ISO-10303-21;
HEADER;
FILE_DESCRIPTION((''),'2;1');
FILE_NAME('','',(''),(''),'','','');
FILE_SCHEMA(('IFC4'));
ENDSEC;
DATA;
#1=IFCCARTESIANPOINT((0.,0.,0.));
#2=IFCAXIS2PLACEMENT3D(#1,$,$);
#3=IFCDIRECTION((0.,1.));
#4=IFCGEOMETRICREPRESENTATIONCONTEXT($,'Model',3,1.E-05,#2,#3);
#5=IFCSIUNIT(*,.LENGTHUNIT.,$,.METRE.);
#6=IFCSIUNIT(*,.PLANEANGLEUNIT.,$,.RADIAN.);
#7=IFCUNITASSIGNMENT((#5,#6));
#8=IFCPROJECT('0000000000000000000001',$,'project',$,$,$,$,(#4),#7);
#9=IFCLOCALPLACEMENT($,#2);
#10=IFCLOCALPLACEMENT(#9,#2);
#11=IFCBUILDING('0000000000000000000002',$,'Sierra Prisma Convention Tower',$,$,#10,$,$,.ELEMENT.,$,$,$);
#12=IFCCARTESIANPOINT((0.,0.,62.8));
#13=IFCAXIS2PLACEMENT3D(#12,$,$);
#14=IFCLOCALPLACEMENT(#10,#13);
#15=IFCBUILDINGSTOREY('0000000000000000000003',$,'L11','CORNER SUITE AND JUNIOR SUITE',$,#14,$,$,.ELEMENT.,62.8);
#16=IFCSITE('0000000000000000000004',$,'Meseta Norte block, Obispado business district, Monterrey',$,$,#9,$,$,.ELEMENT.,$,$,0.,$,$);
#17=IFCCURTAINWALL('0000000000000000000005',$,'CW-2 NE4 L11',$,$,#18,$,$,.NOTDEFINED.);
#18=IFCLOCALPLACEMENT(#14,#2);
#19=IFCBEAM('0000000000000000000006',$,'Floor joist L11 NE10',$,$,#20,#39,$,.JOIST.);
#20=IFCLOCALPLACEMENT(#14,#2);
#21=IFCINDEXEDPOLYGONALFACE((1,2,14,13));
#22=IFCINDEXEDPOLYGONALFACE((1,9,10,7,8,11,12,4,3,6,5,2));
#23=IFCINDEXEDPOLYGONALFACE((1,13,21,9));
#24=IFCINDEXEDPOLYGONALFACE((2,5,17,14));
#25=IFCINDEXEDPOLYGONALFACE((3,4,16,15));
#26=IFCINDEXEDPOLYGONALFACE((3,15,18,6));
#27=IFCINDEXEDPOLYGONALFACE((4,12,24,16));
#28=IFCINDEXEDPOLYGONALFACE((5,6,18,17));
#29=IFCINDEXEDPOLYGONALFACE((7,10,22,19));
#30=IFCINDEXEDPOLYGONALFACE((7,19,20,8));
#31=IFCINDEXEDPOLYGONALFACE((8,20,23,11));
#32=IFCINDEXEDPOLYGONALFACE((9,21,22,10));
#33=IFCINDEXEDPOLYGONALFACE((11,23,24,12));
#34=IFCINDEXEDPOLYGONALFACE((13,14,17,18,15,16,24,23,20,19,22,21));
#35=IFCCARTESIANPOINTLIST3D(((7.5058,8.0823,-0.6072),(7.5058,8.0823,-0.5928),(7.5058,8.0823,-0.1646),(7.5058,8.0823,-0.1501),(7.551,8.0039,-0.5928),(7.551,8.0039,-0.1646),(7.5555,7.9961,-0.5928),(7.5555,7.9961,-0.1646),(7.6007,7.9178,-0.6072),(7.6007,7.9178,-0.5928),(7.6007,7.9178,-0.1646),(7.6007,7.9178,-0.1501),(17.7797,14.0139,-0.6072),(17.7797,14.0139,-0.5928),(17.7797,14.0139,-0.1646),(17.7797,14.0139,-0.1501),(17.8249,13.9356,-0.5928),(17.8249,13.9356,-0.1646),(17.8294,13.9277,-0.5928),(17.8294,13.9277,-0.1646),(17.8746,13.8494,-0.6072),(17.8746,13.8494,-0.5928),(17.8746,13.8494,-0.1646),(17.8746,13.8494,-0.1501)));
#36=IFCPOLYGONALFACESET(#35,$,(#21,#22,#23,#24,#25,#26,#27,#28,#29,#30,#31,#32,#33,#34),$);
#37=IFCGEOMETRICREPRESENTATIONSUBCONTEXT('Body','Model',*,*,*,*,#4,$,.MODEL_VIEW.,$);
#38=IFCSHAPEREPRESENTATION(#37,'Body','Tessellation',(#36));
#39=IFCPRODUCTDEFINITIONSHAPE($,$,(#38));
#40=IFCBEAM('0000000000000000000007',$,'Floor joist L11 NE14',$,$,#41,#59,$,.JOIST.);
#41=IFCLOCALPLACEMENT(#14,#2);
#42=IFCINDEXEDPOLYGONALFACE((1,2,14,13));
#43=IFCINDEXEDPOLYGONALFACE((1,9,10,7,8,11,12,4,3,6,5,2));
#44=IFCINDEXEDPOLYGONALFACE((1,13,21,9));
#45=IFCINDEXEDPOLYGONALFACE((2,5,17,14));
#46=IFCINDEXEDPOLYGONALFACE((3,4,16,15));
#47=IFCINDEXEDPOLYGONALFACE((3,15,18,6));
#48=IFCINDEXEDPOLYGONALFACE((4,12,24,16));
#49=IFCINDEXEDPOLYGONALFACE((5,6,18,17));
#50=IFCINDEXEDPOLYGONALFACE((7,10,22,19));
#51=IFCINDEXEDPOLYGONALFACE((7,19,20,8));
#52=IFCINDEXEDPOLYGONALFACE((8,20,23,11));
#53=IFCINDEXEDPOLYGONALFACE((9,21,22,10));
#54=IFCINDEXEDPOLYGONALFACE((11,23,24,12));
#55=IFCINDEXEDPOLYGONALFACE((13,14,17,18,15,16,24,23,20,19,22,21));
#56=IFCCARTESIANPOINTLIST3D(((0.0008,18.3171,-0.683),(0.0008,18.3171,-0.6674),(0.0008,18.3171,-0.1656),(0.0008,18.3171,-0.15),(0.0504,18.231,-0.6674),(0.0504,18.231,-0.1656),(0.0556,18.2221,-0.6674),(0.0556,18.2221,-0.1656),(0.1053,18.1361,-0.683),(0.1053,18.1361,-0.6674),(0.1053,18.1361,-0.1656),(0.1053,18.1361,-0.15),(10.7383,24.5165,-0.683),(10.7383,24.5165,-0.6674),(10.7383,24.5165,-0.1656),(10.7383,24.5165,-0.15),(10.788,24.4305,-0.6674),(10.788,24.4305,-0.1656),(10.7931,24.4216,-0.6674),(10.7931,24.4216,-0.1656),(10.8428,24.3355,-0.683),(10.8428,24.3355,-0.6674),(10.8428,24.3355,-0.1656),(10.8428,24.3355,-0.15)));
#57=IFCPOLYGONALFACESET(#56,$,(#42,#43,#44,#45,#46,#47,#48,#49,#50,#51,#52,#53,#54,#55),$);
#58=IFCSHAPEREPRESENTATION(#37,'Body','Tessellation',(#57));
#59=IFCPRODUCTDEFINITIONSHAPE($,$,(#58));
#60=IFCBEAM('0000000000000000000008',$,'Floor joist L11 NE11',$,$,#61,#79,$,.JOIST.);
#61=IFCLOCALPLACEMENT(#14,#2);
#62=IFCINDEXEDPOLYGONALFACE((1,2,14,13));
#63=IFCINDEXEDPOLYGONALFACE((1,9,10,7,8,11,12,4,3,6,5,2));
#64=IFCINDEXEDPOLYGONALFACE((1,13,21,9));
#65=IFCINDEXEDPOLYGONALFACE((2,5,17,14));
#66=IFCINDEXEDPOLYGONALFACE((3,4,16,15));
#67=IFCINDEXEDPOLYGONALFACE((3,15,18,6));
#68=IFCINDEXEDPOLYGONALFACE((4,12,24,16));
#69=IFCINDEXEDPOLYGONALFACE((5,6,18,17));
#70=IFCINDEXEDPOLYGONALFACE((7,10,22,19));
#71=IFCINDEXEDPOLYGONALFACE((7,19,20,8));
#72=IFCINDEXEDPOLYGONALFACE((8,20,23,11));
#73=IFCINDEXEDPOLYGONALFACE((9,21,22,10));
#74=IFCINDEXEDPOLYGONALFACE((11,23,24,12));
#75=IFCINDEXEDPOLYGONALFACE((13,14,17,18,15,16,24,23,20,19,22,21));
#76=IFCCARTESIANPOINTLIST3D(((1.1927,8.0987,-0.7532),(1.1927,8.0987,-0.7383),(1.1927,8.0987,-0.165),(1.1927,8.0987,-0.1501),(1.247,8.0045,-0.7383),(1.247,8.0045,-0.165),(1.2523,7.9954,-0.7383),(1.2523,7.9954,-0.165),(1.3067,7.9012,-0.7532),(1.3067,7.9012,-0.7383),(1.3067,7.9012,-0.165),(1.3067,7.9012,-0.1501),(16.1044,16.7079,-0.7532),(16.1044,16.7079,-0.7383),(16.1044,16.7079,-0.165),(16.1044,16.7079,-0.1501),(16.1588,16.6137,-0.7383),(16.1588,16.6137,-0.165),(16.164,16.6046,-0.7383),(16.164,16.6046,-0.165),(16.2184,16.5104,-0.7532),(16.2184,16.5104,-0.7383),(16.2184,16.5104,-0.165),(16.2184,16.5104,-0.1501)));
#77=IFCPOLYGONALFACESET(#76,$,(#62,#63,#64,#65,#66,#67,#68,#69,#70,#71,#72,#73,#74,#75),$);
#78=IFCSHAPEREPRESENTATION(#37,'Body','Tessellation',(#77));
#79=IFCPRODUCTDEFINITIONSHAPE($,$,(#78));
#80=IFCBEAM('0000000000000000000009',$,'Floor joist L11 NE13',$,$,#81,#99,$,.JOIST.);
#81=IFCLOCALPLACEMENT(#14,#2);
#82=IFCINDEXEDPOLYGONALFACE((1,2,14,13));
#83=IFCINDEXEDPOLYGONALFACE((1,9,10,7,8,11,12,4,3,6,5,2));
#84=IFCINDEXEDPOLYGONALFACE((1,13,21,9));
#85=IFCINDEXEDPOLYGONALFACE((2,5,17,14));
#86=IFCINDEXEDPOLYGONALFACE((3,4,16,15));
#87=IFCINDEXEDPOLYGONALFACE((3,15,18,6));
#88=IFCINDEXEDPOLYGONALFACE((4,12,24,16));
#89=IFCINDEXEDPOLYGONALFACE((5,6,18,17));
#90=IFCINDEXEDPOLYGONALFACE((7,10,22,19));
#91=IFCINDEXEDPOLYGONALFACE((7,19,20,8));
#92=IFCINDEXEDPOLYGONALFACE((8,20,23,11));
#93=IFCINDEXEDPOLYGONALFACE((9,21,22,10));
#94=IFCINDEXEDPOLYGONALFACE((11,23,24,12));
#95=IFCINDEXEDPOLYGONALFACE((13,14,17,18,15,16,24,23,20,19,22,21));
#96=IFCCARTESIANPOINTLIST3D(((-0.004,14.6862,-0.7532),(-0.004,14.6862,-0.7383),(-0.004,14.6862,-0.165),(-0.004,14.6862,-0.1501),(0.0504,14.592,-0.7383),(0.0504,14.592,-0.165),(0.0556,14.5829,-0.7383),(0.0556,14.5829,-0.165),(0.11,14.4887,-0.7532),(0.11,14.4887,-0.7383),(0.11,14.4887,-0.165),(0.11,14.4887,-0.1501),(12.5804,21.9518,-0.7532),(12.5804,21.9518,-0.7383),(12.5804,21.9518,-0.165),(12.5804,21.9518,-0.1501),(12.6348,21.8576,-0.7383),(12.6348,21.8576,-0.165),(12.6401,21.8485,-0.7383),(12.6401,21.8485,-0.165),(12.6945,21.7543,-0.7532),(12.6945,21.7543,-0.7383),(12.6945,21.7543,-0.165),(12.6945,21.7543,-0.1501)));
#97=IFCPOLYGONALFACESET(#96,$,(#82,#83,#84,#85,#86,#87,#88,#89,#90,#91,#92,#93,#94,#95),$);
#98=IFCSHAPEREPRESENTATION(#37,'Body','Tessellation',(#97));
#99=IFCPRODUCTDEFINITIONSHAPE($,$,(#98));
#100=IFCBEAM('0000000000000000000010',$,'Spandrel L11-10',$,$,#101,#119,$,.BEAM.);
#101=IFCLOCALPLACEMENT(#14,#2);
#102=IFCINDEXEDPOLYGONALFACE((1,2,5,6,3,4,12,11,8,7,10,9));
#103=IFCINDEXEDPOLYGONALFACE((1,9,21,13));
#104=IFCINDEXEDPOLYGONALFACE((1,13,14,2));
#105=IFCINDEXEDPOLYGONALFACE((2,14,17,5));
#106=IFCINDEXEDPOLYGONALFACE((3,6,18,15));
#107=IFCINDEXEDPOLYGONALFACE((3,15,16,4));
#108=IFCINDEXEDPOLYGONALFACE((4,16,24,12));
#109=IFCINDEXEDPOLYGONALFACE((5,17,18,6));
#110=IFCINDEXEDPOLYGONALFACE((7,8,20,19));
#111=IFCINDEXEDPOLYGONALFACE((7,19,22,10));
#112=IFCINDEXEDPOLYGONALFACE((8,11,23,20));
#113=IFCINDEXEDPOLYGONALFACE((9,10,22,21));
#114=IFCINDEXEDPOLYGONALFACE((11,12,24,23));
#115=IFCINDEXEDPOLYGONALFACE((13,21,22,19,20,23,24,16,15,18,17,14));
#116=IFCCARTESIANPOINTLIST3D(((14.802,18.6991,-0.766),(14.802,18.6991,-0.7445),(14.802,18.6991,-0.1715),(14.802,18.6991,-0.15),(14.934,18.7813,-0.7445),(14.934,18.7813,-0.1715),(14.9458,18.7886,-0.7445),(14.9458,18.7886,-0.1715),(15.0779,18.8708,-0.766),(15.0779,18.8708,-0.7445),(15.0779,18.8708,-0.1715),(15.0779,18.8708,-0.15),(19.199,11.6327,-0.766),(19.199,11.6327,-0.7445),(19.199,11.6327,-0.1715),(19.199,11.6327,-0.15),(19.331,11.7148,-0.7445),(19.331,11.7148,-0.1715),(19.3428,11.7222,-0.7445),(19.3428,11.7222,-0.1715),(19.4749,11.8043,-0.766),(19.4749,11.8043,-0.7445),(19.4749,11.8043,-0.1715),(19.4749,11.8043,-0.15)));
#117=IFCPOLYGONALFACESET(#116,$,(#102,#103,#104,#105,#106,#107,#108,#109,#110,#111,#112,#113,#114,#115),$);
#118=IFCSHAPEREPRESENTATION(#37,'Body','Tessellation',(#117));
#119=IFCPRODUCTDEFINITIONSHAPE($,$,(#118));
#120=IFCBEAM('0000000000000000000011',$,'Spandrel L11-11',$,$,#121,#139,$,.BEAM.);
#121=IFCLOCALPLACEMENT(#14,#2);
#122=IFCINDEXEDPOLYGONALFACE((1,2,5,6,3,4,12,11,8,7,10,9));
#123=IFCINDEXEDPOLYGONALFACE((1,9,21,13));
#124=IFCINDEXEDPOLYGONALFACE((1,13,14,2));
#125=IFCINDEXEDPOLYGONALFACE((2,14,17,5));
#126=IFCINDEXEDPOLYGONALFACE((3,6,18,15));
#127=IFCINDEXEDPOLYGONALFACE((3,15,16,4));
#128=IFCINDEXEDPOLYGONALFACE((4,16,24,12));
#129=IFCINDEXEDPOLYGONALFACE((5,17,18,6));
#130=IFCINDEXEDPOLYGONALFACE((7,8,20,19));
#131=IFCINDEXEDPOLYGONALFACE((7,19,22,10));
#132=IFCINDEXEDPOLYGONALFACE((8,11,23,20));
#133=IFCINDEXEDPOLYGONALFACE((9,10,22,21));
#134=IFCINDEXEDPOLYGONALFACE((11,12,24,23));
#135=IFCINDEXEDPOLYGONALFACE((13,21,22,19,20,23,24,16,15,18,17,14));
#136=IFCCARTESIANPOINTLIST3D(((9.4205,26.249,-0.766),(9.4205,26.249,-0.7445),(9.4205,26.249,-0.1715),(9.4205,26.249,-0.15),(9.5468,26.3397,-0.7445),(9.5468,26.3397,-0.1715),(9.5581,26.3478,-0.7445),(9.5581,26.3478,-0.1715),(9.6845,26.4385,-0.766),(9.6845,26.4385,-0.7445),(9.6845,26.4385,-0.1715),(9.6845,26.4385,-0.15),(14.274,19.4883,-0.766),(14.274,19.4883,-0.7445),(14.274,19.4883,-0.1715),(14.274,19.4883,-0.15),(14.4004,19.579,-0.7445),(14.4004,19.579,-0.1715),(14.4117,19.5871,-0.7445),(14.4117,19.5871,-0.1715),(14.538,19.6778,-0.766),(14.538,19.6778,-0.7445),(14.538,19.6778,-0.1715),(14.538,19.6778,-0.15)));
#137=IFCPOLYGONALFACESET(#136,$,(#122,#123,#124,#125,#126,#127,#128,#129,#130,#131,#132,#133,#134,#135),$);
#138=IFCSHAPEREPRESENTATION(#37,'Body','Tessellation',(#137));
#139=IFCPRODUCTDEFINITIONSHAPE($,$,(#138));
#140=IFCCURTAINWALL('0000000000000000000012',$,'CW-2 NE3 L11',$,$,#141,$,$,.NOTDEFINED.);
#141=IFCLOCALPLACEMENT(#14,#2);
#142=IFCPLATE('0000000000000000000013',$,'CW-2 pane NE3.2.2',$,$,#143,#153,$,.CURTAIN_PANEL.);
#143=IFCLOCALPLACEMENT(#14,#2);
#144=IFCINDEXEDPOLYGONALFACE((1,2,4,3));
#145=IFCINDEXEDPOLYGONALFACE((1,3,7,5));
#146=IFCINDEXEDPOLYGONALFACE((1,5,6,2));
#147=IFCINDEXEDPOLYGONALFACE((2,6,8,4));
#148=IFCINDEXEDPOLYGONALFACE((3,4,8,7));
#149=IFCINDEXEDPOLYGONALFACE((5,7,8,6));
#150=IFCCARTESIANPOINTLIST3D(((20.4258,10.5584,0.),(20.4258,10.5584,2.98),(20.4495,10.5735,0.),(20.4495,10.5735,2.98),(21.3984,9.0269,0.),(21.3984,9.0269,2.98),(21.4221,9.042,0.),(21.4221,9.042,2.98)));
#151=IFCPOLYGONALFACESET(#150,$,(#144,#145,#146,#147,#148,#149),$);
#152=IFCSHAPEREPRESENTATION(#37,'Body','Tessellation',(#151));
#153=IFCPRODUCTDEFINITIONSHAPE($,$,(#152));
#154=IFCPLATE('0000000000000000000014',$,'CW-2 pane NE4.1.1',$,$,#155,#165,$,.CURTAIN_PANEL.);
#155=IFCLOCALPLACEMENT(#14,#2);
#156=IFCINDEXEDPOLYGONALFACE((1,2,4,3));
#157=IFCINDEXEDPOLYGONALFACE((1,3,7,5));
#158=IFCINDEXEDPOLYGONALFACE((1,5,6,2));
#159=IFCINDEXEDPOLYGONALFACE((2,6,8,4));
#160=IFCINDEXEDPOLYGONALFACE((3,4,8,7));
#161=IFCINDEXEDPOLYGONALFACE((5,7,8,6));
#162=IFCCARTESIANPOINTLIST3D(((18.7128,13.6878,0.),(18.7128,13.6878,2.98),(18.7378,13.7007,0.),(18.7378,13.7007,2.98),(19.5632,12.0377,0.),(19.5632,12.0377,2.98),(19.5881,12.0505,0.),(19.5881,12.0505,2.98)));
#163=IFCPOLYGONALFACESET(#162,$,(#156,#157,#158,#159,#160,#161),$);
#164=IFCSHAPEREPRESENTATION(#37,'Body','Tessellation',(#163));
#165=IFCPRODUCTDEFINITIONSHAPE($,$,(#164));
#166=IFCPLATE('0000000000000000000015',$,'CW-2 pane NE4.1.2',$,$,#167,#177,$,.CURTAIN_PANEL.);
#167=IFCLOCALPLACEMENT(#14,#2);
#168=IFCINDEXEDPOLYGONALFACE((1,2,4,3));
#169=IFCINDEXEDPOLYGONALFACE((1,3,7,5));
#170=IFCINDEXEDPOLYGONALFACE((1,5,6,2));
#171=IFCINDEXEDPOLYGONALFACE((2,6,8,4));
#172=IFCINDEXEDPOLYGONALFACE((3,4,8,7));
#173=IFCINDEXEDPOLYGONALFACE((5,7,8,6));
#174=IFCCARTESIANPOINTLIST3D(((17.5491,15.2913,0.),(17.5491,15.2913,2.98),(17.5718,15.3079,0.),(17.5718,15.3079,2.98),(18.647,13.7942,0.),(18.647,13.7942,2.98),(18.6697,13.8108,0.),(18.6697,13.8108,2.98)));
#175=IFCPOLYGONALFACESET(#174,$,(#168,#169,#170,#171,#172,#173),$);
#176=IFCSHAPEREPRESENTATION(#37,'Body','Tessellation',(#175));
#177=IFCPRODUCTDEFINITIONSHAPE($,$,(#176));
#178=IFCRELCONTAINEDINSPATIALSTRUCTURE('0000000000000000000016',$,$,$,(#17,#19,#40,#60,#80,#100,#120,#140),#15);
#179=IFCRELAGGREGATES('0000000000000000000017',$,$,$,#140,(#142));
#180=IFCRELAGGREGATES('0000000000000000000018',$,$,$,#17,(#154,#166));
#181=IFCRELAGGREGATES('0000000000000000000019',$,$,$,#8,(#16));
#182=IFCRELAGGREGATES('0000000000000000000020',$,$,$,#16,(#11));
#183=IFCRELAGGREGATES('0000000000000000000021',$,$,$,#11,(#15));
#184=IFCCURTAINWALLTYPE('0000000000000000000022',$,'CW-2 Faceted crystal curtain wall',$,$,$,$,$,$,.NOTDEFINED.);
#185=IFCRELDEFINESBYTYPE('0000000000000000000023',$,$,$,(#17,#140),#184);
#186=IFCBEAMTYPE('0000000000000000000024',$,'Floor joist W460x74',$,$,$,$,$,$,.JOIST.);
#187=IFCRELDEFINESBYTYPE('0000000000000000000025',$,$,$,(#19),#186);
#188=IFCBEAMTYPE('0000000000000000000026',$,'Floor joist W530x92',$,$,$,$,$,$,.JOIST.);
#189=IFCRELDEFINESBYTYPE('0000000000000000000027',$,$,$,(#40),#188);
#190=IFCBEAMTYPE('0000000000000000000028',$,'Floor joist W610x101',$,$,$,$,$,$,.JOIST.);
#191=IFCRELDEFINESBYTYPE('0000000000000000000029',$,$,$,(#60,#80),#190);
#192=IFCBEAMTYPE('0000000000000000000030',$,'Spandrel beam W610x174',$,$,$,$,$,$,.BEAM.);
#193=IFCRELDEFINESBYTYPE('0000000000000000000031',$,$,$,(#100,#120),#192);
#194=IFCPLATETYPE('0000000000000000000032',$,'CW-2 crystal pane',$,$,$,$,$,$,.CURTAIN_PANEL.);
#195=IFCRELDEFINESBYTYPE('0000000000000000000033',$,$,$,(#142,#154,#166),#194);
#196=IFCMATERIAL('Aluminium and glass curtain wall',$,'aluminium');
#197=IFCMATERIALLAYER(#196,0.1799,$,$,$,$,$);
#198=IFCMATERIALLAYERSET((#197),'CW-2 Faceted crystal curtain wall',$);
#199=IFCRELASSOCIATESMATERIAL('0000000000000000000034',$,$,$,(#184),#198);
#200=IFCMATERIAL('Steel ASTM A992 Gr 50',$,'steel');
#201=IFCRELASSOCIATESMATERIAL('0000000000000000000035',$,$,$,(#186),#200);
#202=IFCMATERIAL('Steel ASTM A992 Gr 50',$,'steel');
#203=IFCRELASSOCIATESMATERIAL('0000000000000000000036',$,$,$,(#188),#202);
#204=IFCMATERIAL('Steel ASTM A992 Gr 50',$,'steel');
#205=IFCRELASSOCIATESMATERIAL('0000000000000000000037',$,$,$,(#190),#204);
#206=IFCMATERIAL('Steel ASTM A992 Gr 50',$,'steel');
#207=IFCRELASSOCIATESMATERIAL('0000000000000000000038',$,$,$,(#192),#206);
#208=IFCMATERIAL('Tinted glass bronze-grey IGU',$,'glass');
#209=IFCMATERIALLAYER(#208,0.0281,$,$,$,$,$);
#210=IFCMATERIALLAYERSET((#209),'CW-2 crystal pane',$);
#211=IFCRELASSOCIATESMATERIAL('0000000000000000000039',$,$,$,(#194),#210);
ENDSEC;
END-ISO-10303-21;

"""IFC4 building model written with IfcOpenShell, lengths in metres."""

from ifc_helpers import new_model, si_unit, direction, frame, origin, origin_2d, place, context, subcontext, project, spatial, polyline, i_section, outline, extrude, material, layer, layer_set, material_profile, profile_set, type_object, element, aggregate, save


model = new_model("IFC4")

# Units and contexts
model_context = context("Model", 3, precision=1e-05, world=origin(), true_north=direction((0.0, 1.0)))
body_context = subcontext(model_context, "Body", "Model", "MODEL_VIEW")
ifc_project = project(units=[si_unit("LENGTHUNIT", "METRE"), si_unit("PLANEANGLEUNIT", "RADIAN")], contexts=[model_context])

# Site, building, storey
site_placement = place(None, origin())
site = spatial("IfcSite", under=ifc_project, at=site_placement, Name="Meseta Norte block, Obispado business district, Monterrey", CompositionType="ELEMENT", RefElevation=0.0)
building_placement = place(site_placement, origin())
building = spatial("IfcBuilding", under=site, at=building_placement, Name="Sierra Prisma Convention Tower", CompositionType="ELEMENT")
storey_placement = place(building_placement, frame((0.0, 0.0, 62.8)))
storey = spatial("IfcBuildingStorey", under=building, at=storey_placement, Name="L11", Description="CORNER SUITE AND JUNIOR SUITE", CompositionType="ELEMENT", Elevation=62.8)

# Curtain wall
ifc_material_1 = material(Name="Aluminium and glass curtain wall", Category="aluminium")
ifc_layer_1 = layer(ifc_material_1, 0.1799)
ifc_layer_set_1 = layer_set([ifc_layer_1], Name="CW-2 Faceted crystal curtain wall")
curtain_wall_type = type_object("IfcCurtainWallType", Name="CW-2 Faceted crystal curtain wall", PredefinedType="NOTDEFINED", material=ifc_layer_set_1)
curtain_wall_1_placement = place(storey_placement, origin())
curtain_wall_1 = element("IfcCurtainWall", 1, at=curtain_wall_1_placement, inside=storey, type_object=curtain_wall_type, Name="CW-2 NE4 L11", PredefinedType="NOTDEFINED")

# Beams
ifc_material_2 = material(Name="Steel ASTM A992 Gr 50", Category="steel")
ifc_material_profile_1 = material_profile(ifc_material_2, i_section(OverallWidth=0.1899, OverallDepth=0.457, WebThickness=0.009, FlangeThickness=0.0144, at=origin_2d()), Name="W460x74")
ifc_profile_set_1 = profile_set([ifc_material_profile_1], Name="Steel ASTM A992 Gr 50")
beam_type_1 = type_object("IfcBeamType", Name="Floor joist W460x74", PredefinedType="JOIST", material=ifc_profile_set_1)
beam_1_placement = place(storey_placement, frame((17.8271, 13.9316, -0.3787), z_axis=(-0.866026, -0.499999, 0.0), x_axis=(0.499999, -0.866026, 0.0)))
element("IfcBeam", 2, at=beam_1_placement, inside=storey, type_object=beam_type_1, Name="Floor joist L11 NE10", PredefinedType="JOIST", context=body_context, shape_type="SweptSolid", body=[
    extrude(i_section(OverallWidth=0.1899, OverallDepth=0.457, WebThickness=0.009, FlangeThickness=0.0144, at=origin_2d()), origin(), (0.0, 0.0, 1.0), 11.8633),
])
ifc_material_3 = material(Name="Steel ASTM A992 Gr 50", Category="steel")
ifc_material_profile_2 = material_profile(ifc_material_3, i_section(OverallWidth=0.209, OverallDepth=0.533, WebThickness=0.0103, FlangeThickness=0.0156, at=origin_2d()), Name="W530x92")
ifc_profile_set_2 = profile_set([ifc_material_profile_2], Name="Steel ASTM A992 Gr 50")
beam_type_2 = type_object("IfcBeamType", Name="Floor joist W530x92", PredefinedType="JOIST", material=ifc_profile_set_2)
beam_2_placement = place(storey_placement, frame((10.7905, 24.426, -0.4165), z_axis=(-0.866021, -0.500008, 0.0), x_axis=(0.500008, -0.866021, 0.0)))
element("IfcBeam", 3, at=beam_2_placement, inside=storey, type_object=beam_type_2, Name="Floor joist L11 NE14", PredefinedType="JOIST", context=body_context, shape_type="SweptSolid", body=[
    extrude(i_section(OverallWidth=0.209, OverallDepth=0.533, WebThickness=0.0103, FlangeThickness=0.0156, at=origin_2d()), origin(), (0.0, 0.0, 1.0), 12.3987),
])
ifc_material_4 = material(Name="Steel ASTM A992 Gr 50", Category="steel")
ifc_material_profile_3 = material_profile(ifc_material_4, i_section(OverallWidth=0.228, OverallDepth=0.603, WebThickness=0.0105, FlangeThickness=0.0149, at=origin_2d()), Name="W610x101")
ifc_profile_set_3 = profile_set([ifc_material_profile_3], Name="Steel ASTM A992 Gr 50")
beam_type_3 = type_object("IfcBeamType", Name="Floor joist W610x101", PredefinedType="JOIST", material=ifc_profile_set_3)
beam_3_placement = place(storey_placement, frame((16.1614, 16.6091, -0.4517), z_axis=(-0.866028, -0.499996, 0.0), x_axis=(0.499996, -0.866028, 0.0)))
element("IfcBeam", 4, at=beam_3_placement, inside=storey, type_object=beam_type_3, Name="Floor joist L11 NE11", PredefinedType="JOIST", context=body_context, shape_type="SweptSolid", body=[
    extrude(i_section(OverallWidth=0.228, OverallDepth=0.603, WebThickness=0.0105, FlangeThickness=0.0149, at=origin_2d()), origin(), (0.0, 0.0, 1.0), 17.2185),
])
beam_4_placement = place(storey_placement, frame((12.6375, 21.853, -0.4517), z_axis=(-0.866026, -0.499999, 0.0), x_axis=(0.499999, -0.866026, 0.0)))
element("IfcBeam", 5, at=beam_4_placement, inside=storey, type_object=beam_type_3, Name="Floor joist L11 NE13", PredefinedType="JOIST", context=body_context, shape_type="SweptSolid", body=[
    extrude(i_section(OverallWidth=0.228, OverallDepth=0.603, WebThickness=0.0105, FlangeThickness=0.0149, at=origin_2d()), origin(), (0.0, 0.0, 1.0), 14.5312),
])
ifc_material_5 = material(Name="Steel ASTM A992 Gr 50", Category="steel")
ifc_material_profile_4 = material_profile(ifc_material_5, i_section(OverallWidth=0.325, OverallDepth=0.616, WebThickness=0.0139, FlangeThickness=0.0215, at=origin_2d()), Name="W610x174")
ifc_profile_set_4 = profile_set([ifc_material_profile_4], Name="Steel ASTM A992 Gr 50")
beam_type_4 = type_object("IfcBeamType", Name="Spandrel beam W610x174", PredefinedType="BEAM", material=ifc_profile_set_4)
beam_5_placement = place(storey_placement, frame((19.3369, 11.7185, -0.458), z_axis=(-0.52831, 0.849051, 0.0), x_axis=(-0.849051, -0.52831, 0.0)))
element("IfcBeam", 6, at=beam_5_placement, inside=storey, type_object=beam_type_4, Name="Spandrel L11-10", PredefinedType="BEAM", context=body_context, shape_type="SweptSolid", body=[
    extrude(i_section(OverallWidth=0.325, OverallDepth=0.616, WebThickness=0.0139, FlangeThickness=0.0215, at=origin_2d()), origin(), (0.0, 0.0, 1.0), 8.3228),
])
beam_6_placement = place(storey_placement, frame((14.406, 19.583, -0.458), z_axis=(-0.583179, 0.812344, 0.0), x_axis=(-0.812344, -0.583179, 0.0)))
element("IfcBeam", 7, at=beam_6_placement, inside=storey, type_object=beam_type_4, Name="Spandrel L11-11", PredefinedType="BEAM", context=body_context, shape_type="SweptSolid", body=[
    extrude(i_section(OverallWidth=0.325, OverallDepth=0.616, WebThickness=0.0139, FlangeThickness=0.0215, at=origin_2d()), origin(), (0.0, 0.0, 1.0), 8.3225),
])

# Curtain wall, plate
curtain_wall_2_placement = place(storey_placement, origin())
curtain_wall_2 = element("IfcCurtainWall", 8, at=curtain_wall_2_placement, inside=storey, type_object=curtain_wall_type, Name="CW-2 NE3 L11", PredefinedType="NOTDEFINED")
ifc_material_6 = material(Name="Tinted glass bronze-grey IGU", Category="glass")
ifc_layer_2 = layer(ifc_material_6, 0.0281)
ifc_layer_set_2 = layer_set([ifc_layer_2], Name="CW-2 crystal pane")
plate_type = type_object("IfcPlateType", Name="CW-2 crystal pane", PredefinedType="CURTAIN_PANEL", material=ifc_layer_set_2)
plate_1_placement = place(storey_placement, frame((20.4495, 10.5735, 0.0), z_axis=(0.844143, 0.536118, 0.0), x_axis=(0.536118, -0.844143, 0.0)))
plate_1 = element("IfcPlate", 9, at=plate_1_placement, type_object=plate_type, Name="CW-2 pane NE3.2.2", PredefinedType="CURTAIN_PANEL", context=body_context, shape_type="SweptSolid", body=[
    extrude(outline(polyline([(0.0, 0.0), (1.8143, 0.0), (1.8143, -2.98), (0.0, -2.98), (0.0, 0.0)])), origin(), (0.0, 0.0, -1.0), 0.0281),
])
aggregate(curtain_wall_2, [plate_1])

# Plates
plate_2_placement = place(storey_placement, frame((19.5881, 12.0505, 0.0), z_axis=(0.888916, 0.45807, 0.0), x_axis=(-0.45807, 0.888916, 0.0)))
plate_2 = element("IfcPlate", 10, at=plate_2_placement, type_object=plate_type, Name="CW-2 pane NE4.1.1", PredefinedType="CURTAIN_PANEL", context=body_context, shape_type="SweptSolid", body=[
    extrude(outline(polyline([(0.0, 0.0), (1.8564, 0.0), (1.8564, 2.98), (0.0, 2.98), (0.0, 0.0)])), origin(), (0.0, 0.0, -1.0), 0.0281),
])
plate_3_placement = place(storey_placement, frame((17.5718, 15.3079, 0.0), z_axis=(0.806392, 0.591381, 0.0), x_axis=(0.591381, -0.806392, 0.0)))
plate_3 = element("IfcPlate", 11, at=plate_3_placement, type_object=plate_type, Name="CW-2 pane NE4.1.2", PredefinedType="CURTAIN_PANEL", context=body_context, shape_type="SweptSolid", body=[
    extrude(outline(polyline([(0.0, 0.0), (1.8565, 0.0), (1.8565, -2.98), (0.0, -2.98), (0.0, 0.0)])), origin(), (0.0, 0.0, -1.0), 0.0281),
])
aggregate(curtain_wall_1, [plate_2, plate_3])

save(model, "model.ifc")
